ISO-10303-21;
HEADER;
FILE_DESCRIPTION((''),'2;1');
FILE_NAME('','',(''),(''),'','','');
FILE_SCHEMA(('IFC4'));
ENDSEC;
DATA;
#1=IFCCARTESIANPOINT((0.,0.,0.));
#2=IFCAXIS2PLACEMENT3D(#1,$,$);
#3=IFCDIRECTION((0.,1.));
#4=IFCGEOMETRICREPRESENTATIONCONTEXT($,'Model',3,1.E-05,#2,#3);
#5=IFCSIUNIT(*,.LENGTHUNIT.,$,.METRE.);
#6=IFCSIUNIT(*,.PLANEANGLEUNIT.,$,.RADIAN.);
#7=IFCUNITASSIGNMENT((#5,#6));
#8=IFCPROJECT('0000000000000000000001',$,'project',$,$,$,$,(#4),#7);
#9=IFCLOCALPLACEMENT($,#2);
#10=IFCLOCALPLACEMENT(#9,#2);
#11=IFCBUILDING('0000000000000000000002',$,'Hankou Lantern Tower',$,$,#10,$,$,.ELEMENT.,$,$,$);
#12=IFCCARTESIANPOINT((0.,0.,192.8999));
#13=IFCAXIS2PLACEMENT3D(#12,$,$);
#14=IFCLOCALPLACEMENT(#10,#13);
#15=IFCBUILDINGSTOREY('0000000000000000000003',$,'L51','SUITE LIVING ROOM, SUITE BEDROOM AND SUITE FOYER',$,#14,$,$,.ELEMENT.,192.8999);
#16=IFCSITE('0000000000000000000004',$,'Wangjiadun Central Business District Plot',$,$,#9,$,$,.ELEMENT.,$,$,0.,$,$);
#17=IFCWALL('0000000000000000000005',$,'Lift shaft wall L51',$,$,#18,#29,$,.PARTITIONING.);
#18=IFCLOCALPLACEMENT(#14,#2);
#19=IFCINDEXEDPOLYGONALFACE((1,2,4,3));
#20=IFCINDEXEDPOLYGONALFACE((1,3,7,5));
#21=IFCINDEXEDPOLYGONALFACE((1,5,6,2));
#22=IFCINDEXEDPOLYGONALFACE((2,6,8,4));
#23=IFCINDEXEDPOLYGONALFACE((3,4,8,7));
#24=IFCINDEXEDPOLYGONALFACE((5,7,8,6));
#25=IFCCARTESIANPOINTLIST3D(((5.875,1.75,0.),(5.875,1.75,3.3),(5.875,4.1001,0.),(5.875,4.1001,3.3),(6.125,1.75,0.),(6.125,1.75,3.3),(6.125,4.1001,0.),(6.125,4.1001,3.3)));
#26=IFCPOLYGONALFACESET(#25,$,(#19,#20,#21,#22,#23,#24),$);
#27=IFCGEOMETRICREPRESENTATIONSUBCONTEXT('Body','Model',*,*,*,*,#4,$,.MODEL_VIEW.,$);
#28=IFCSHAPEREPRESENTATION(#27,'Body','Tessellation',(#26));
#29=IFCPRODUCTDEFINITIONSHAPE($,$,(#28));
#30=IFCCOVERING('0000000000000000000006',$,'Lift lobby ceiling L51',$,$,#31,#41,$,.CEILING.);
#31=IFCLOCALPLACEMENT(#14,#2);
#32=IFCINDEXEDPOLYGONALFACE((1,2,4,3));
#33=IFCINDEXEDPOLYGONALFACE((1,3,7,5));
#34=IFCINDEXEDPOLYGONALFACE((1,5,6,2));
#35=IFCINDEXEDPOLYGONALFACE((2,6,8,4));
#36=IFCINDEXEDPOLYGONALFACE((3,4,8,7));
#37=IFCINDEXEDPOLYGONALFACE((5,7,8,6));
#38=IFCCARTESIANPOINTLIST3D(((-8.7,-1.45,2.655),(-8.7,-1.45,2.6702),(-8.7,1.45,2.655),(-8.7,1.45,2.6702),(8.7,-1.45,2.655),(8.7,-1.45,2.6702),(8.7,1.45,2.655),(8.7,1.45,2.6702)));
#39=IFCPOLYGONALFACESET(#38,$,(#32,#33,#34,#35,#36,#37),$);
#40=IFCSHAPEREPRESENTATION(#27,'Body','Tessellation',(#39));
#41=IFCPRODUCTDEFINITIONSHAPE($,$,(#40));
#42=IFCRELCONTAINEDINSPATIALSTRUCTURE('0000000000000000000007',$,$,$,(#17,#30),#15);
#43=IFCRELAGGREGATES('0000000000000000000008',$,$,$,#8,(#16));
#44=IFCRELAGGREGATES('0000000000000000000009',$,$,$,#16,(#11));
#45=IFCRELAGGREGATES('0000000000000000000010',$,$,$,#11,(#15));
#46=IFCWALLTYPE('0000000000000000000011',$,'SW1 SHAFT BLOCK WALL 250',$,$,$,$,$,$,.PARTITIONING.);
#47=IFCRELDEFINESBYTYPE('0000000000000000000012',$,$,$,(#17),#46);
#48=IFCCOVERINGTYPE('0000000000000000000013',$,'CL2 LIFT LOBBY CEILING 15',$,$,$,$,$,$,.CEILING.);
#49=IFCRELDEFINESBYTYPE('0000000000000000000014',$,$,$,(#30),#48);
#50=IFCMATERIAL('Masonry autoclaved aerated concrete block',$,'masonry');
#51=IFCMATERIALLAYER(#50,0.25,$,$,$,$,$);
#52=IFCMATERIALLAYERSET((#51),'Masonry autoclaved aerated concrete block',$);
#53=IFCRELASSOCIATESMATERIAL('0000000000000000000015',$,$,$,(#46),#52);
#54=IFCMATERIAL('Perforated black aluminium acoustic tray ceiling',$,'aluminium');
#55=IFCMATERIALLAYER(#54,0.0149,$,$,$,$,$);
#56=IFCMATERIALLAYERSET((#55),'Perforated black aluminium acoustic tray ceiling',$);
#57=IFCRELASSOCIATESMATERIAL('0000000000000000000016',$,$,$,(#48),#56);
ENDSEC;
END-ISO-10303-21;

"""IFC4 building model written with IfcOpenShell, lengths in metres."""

from ifc_helpers import new_model, si_unit, direction, frame, frame_2d, origin, place, context, subcontext, project, spatial, polyline, rectangle, outline, extrude, material, layer, layer_set, type_object, element, save


model = new_model("IFC4")

# Units and contexts
model_context = context("Model", 3, precision=1e-05, world=origin(), true_north=direction((0.0, 1.0)))
body_context = subcontext(model_context, "Body", "Model", "MODEL_VIEW")
ifc_project = project(units=[si_unit("LENGTHUNIT", "METRE"), si_unit("PLANEANGLEUNIT", "RADIAN")], contexts=[model_context])

# Site, building, storey
site_placement = place(None, origin())
site = spatial("IfcSite", under=ifc_project, at=site_placement, Name="Wangjiadun Central Business District Plot", CompositionType="ELEMENT", RefElevation=0.0)
building_placement = place(site_placement, origin())
building = spatial("IfcBuilding", under=site, at=building_placement, Name="Hankou Lantern Tower", CompositionType="ELEMENT")
storey_placement = place(building_placement, frame((0.0, 0.0, 192.8999)))
storey = spatial("IfcBuildingStorey", under=building, at=storey_placement, Name="L51", Description="SUITE LIVING ROOM, SUITE BEDROOM AND SUITE FOYER", CompositionType="ELEMENT", Elevation=192.8999)

# Wall
ifc_material_1 = material(Name="Masonry autoclaved aerated concrete block", Category="masonry")
ifc_layer_1 = layer(ifc_material_1, 0.25)
ifc_layer_set_1 = layer_set([ifc_layer_1], Name="Masonry autoclaved aerated concrete block")
wall_type_1 = type_object("IfcWallType", Name="SW1 SHAFT BLOCK WALL 250", PredefinedType="PARTITIONING", material=ifc_layer_set_1)
for number, where, z_axis, x_axis, name in (
    (1, (6.0, 1.75, 0.0), (0.0, 0.0, 1.0), (0.0, 1.0, 0.0), "Lift shaft wall L51"),
):
    element("IfcWall", number, at=place(storey_placement, frame(where, z_axis=z_axis, x_axis=x_axis)), inside=storey, type_object=wall_type_1, Name=name, PredefinedType="PARTITIONING", context=body_context, shape_type="SweptSolid", body=[
        extrude(rectangle(XDim=2.3501, YDim=0.25, at=frame_2d((1.175, 0.0))), origin(), (0.0, 0.0, 1.0), 3.3),
    ])

# Covering
ifc_material_2 = material(Name="Perforated black aluminium acoustic tray ceiling", Category="aluminium")
ifc_layer_2 = layer(ifc_material_2, 0.0149)
ifc_layer_set_2 = layer_set([ifc_layer_2], Name="Perforated black aluminium acoustic tray ceiling")
covering_type = type_object("IfcCoveringType", Name="CL2 LIFT LOBBY CEILING 15", PredefinedType="CEILING", material=ifc_layer_set_2)
covering_placement = place(storey_placement, frame((0.0, 0.0, 2.655)))
element("IfcCovering", 2, at=covering_placement, inside=storey, type_object=covering_type, Name="Lift lobby ceiling L51", PredefinedType="CEILING", context=body_context, shape_type="SweptSolid", body=[
    extrude(outline(polyline([(-8.7, -1.45), (8.7, -1.45), (8.7, 1.45), (-8.7, 1.45), (-8.7, -1.45)])), origin(), (0.0, 0.0, 1.0), 0.0151),
])

save(model, "model.ifc")
